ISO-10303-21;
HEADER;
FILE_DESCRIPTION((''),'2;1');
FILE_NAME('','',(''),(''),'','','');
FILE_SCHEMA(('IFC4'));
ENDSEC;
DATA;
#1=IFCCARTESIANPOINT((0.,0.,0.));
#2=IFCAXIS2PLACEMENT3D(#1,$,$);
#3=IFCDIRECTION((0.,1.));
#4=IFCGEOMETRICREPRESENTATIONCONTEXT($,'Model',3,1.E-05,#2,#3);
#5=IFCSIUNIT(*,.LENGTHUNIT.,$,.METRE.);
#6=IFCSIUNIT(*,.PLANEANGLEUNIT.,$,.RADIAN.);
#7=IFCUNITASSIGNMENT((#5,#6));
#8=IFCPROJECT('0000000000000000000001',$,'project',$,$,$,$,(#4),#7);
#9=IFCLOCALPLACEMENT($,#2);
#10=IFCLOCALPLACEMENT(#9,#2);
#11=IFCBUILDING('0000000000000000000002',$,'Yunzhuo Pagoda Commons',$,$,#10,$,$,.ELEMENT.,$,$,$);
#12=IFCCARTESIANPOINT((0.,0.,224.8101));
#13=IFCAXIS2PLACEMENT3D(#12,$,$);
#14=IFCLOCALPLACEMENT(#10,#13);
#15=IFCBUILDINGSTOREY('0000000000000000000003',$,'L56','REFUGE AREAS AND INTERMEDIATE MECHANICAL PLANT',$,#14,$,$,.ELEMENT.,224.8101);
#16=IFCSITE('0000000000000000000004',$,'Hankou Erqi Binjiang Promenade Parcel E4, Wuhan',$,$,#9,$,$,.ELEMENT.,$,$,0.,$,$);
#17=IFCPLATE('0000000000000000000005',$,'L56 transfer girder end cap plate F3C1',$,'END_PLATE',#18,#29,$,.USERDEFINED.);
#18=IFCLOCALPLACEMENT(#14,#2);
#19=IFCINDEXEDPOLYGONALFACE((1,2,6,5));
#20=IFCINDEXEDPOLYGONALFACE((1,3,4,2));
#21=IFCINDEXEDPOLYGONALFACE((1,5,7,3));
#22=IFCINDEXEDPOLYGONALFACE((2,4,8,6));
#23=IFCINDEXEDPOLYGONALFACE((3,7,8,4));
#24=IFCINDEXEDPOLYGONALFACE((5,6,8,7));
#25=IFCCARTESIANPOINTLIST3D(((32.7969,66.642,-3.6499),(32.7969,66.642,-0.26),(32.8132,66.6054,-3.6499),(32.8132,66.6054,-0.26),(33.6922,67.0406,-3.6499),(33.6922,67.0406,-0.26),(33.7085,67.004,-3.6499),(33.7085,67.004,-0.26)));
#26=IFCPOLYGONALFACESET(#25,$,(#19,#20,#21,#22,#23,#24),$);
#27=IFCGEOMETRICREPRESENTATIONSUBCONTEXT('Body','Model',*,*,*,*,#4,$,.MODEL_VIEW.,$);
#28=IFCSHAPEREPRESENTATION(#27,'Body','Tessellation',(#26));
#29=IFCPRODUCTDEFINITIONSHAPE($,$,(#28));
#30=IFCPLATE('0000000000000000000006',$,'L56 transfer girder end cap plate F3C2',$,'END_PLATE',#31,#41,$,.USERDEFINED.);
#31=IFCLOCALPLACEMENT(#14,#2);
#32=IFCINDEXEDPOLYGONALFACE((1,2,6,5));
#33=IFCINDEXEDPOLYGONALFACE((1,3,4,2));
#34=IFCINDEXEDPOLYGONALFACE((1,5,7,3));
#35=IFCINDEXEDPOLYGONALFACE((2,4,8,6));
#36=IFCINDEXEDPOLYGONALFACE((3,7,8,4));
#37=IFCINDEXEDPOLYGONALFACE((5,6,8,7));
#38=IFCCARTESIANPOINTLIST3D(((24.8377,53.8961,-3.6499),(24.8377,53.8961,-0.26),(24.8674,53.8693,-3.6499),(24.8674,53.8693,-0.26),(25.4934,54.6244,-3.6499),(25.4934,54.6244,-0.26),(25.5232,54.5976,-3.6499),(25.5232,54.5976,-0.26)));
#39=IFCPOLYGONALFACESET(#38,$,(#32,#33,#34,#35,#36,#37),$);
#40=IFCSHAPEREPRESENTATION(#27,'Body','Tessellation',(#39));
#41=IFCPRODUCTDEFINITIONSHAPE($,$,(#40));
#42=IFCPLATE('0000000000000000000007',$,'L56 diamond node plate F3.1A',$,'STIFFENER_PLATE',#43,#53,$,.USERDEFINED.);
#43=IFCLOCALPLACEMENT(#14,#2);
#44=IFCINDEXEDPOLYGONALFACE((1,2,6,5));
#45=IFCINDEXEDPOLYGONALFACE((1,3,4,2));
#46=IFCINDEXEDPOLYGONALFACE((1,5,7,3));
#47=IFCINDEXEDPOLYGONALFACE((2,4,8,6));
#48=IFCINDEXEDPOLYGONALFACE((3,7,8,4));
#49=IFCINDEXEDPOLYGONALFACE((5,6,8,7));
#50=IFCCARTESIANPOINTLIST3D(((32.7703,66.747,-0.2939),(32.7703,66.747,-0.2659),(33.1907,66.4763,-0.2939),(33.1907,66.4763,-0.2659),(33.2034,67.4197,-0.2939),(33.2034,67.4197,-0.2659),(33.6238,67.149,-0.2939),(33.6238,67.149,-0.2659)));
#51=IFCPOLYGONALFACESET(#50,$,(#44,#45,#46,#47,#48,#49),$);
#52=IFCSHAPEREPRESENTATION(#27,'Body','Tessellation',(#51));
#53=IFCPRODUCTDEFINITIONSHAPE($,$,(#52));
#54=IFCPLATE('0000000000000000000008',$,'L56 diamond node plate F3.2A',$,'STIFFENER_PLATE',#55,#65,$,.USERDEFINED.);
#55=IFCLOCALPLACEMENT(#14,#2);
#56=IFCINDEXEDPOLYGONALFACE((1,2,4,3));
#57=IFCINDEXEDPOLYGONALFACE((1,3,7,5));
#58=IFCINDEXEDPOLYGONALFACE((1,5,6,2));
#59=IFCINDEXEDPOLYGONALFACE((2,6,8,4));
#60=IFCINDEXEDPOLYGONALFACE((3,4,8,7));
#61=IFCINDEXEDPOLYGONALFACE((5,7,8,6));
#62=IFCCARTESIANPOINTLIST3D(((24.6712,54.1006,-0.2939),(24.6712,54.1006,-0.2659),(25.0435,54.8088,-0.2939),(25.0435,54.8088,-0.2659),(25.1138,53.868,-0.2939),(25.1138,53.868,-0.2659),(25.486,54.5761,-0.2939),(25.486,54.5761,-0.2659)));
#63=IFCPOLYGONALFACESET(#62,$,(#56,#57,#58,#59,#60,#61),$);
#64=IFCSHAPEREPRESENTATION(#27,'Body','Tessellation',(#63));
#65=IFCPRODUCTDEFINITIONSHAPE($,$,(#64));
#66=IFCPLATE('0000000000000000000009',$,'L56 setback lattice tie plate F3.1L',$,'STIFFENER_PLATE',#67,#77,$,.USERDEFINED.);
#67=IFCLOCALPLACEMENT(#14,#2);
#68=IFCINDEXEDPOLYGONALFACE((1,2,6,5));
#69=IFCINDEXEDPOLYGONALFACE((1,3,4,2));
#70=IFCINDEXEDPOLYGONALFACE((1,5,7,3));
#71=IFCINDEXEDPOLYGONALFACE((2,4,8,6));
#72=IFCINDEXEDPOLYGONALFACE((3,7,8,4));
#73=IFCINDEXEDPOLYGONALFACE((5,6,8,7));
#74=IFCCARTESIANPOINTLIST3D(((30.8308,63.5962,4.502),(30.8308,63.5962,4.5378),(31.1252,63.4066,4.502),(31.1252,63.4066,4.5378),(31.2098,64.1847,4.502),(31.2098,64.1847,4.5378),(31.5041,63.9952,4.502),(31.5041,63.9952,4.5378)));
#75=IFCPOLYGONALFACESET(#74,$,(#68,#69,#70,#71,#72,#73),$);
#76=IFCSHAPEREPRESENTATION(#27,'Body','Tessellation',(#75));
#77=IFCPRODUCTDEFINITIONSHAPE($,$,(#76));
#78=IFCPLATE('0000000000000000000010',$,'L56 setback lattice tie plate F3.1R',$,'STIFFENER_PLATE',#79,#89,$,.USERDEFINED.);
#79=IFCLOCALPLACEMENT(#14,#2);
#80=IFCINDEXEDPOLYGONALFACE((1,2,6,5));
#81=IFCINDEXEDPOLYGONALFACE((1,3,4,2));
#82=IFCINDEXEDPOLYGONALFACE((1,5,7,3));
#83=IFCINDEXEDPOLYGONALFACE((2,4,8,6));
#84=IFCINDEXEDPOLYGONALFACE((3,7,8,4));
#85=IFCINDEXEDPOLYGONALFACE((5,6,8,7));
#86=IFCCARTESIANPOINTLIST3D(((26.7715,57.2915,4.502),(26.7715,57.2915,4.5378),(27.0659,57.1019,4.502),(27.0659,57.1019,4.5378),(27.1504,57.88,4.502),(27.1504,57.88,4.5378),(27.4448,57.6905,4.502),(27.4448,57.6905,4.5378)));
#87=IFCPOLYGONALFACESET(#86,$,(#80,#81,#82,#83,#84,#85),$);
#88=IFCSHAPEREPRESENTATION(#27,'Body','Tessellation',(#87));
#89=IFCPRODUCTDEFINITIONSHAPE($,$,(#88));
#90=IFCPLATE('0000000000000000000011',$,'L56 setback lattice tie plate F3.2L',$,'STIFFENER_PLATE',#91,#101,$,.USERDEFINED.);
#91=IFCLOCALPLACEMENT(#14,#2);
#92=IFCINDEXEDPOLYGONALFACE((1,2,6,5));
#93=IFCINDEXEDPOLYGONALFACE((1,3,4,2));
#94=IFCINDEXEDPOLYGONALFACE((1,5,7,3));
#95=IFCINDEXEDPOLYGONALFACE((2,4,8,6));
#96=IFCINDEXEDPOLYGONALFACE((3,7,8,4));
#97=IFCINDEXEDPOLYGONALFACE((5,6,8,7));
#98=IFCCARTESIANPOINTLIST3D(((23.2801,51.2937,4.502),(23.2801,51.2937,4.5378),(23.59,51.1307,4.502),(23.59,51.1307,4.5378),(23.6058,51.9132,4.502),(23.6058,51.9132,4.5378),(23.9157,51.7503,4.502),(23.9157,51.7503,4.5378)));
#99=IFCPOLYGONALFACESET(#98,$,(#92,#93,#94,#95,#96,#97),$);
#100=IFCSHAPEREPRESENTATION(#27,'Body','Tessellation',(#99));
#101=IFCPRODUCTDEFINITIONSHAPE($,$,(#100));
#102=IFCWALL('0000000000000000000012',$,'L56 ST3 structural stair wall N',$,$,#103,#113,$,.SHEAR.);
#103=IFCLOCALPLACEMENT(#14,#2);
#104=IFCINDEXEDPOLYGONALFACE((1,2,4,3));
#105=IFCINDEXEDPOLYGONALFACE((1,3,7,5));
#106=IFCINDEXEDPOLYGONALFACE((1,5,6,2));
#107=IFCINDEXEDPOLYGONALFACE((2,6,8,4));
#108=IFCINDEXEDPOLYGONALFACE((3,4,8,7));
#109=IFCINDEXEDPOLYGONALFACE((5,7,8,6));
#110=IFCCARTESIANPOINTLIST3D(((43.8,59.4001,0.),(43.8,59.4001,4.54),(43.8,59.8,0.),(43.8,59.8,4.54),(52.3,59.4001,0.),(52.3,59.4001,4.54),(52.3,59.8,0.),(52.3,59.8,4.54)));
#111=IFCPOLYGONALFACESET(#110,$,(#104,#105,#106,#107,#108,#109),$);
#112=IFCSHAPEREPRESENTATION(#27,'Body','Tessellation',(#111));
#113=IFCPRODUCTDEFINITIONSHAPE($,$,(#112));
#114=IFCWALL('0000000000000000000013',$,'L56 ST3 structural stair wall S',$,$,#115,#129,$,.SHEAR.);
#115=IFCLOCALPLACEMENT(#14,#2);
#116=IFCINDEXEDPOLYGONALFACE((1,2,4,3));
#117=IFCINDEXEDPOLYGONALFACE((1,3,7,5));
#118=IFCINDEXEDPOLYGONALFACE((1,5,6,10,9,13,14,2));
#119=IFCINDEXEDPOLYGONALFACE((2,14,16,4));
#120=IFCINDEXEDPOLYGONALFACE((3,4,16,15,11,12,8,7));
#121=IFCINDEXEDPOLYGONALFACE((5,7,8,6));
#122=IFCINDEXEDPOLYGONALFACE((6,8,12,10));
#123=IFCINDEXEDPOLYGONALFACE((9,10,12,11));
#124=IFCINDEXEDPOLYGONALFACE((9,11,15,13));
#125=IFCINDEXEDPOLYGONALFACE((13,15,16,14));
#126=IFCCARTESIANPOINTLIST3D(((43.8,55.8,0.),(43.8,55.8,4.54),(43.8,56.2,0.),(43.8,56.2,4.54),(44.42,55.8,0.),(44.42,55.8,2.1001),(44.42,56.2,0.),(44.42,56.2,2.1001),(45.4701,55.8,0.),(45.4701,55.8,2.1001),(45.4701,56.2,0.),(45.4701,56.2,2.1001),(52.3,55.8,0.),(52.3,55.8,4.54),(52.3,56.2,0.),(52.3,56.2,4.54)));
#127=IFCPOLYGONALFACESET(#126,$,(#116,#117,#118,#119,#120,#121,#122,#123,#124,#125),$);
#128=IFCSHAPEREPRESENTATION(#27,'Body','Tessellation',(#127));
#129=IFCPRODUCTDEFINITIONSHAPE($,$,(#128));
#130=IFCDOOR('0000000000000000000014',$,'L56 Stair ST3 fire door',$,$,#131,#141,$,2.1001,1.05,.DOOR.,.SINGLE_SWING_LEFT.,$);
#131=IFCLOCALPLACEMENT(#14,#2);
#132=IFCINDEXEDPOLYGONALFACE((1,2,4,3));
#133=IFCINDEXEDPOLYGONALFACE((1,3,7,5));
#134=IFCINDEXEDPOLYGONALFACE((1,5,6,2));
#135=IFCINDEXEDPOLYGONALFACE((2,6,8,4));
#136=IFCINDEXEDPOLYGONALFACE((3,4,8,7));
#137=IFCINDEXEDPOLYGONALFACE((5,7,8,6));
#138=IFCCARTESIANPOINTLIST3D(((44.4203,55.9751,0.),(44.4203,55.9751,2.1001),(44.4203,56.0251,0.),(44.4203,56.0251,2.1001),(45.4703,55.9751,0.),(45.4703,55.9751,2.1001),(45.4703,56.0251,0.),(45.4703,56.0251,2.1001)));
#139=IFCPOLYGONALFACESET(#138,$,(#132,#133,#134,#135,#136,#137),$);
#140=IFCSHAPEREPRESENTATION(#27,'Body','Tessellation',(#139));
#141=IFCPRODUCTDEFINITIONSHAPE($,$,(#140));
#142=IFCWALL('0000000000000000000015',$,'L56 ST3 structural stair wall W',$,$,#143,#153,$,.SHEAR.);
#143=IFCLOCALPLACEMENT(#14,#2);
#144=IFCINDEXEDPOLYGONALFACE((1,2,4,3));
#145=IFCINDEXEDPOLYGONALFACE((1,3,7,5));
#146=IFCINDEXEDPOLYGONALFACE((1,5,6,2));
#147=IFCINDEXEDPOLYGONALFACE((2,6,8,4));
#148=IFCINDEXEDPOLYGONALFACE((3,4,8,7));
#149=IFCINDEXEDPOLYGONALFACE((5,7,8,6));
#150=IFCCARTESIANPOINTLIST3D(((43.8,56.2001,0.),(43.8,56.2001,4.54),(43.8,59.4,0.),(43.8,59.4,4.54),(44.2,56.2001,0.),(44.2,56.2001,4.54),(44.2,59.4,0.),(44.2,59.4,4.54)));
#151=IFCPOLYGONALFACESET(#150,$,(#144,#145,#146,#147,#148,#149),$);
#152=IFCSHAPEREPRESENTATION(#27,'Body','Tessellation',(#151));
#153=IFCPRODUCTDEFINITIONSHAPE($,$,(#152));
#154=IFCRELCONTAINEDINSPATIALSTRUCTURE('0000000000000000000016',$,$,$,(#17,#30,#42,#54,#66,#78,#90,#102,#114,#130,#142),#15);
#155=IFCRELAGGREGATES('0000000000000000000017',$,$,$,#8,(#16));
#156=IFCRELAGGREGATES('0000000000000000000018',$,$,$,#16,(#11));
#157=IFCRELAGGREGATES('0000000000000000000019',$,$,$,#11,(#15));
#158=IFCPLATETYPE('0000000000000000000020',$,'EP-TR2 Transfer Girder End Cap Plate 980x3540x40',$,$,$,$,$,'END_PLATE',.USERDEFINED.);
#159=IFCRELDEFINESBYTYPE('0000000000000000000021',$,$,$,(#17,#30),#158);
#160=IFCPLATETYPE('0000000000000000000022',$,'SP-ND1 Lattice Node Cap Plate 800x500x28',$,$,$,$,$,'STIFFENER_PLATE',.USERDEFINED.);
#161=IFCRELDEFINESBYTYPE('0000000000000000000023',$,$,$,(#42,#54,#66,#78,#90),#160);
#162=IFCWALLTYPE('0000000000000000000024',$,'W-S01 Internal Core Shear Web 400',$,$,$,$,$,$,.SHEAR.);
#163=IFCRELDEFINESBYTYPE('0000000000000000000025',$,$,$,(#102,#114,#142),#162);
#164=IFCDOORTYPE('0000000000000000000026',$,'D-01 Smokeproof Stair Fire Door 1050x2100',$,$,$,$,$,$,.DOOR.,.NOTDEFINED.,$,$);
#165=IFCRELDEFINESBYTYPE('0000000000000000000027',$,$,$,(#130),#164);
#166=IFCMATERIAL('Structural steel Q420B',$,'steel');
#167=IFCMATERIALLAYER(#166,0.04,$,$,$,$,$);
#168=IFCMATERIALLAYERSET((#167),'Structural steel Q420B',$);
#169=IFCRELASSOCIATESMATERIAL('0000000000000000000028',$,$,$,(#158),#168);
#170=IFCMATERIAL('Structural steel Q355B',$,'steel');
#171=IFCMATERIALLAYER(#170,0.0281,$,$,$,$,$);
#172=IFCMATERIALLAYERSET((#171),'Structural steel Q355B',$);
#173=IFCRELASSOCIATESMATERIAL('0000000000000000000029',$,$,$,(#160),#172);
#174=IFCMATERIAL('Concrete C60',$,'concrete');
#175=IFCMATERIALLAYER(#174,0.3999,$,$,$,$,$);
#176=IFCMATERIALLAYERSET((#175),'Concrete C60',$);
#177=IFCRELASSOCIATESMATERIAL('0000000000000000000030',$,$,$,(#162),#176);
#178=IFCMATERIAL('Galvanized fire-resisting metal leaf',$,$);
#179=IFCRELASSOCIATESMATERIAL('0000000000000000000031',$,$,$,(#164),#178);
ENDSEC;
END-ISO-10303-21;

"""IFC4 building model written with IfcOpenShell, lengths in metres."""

from ifc_helpers import new_model, si_unit, direction, frame, frame_2d, origin, origin_2d, place, context, subcontext, project, spatial, rectangle, extrude, source, transform, mapped, material, layer, layer_set, type_object, element, fill, save


model = new_model("IFC4")

# Units and contexts
model_context = context("Model", 3, precision=1e-05, world=origin(), true_north=direction((0.0, 1.0)))
body_context = subcontext(model_context, "Body", "Model", "MODEL_VIEW")
ifc_project = project(units=[si_unit("LENGTHUNIT", "METRE"), si_unit("PLANEANGLEUNIT", "RADIAN")], contexts=[model_context])

# Site, building, storey
site_placement = place(None, origin())
site = spatial("IfcSite", under=ifc_project, at=site_placement, Name="Hankou Erqi Binjiang Promenade Parcel E4, Wuhan", CompositionType="ELEMENT", RefElevation=0.0)
building_placement = place(site_placement, origin())
building = spatial("IfcBuilding", under=site, at=building_placement, Name="Yunzhuo Pagoda Commons", CompositionType="ELEMENT")
storey_placement = place(building_placement, frame((0.0, 0.0, 224.8101)))
storey = spatial("IfcBuildingStorey", under=building, at=storey_placement, Name="L56", Description="REFUGE AREAS AND INTERMEDIATE MECHANICAL PLANT", CompositionType="ELEMENT", Elevation=224.8101)

# Shared definitions
ifc_material_1 = material(Name="Structural steel Q355B", Category="steel")

# Shared definitions
ifc_material_2 = material(Name="Structural steel Q420B", Category="steel")

# Plates
ifc_layer_1 = layer(ifc_material_2, 0.04)
ifc_layer_set_1 = layer_set([ifc_layer_1], Name="Structural steel Q420B")
plate_type_1 = type_object("IfcPlateType", Name="EP-TR2 Transfer Girder End Cap Plate 980x3540x40", ElementType="END_PLATE", PredefinedType="USERDEFINED", material=ifc_layer_set_1)
shared_shape_1 = source(origin(), body_context, "Body", "SweptSolid", [
    extrude(rectangle(XDim=0.98, YDim=0.04, at=origin_2d()), origin(), (0.0, 0.0, 1.0), 3.3899),
])
for number, where, z_axis, x_axis, name in (
    (1, (33.2527, 66.823, -3.6499), (0.0, 0.0, 1.0), (-0.913545, -0.406737, 0.0), "L56 transfer girder end cap plate F3C1"),
    (2, (25.1804, 54.2468, -3.6499), (0.0, 0.0, 1.0), (-0.669131, -0.743145, 0.0), "L56 transfer girder end cap plate F3C2"),
):
    element("IfcPlate", number, at=place(storey_placement, frame(where, z_axis=z_axis, x_axis=x_axis)), inside=storey, type_object=plate_type_1, Name=name, ObjectType="END_PLATE", PredefinedType="USERDEFINED", context=body_context, shape_type="MappedRepresentation", body=[
        mapped(shared_shape_1, transform((0.0, 0.0, 0.0), scale=1.0)),
    ])
ifc_layer_2 = layer(ifc_material_1, 0.0281)
ifc_layer_set_2 = layer_set([ifc_layer_2], Name="Structural steel Q355B")
plate_type_2 = type_object("IfcPlateType", Name="SP-ND1 Lattice Node Cap Plate 800x500x28", ElementType="STIFFENER_PLATE", PredefinedType="USERDEFINED", material=ifc_layer_set_2)
shared_shape_2 = source(origin(), body_context, "Body", "SweptSolid", [
    extrude(rectangle(XDim=0.8, YDim=0.5, at=origin_2d()), origin(), (0.0, 0.0, 1.0), 0.0281),
])
for number, where, z_axis, x_axis, name in (
    (3, (33.197, 66.948, -0.2939), (0.0, 0.0, 1.0), (-0.541341, -0.840803, 0.0), "L56 diamond node plate F3.1A"),
    (4, (25.0786, 54.3384, -0.2939), (0.0, 0.0, 1.0), (-0.465336, -0.885134, 0.0), "L56 diamond node plate F3.2A"),
):
    element("IfcPlate", number, at=place(storey_placement, frame(where, z_axis=z_axis, x_axis=x_axis)), inside=storey, type_object=plate_type_2, Name=name, ObjectType="STIFFENER_PLATE", PredefinedType="USERDEFINED", context=body_context, shape_type="MappedRepresentation", body=[
        mapped(shared_shape_2, transform((0.0, 0.0, 0.0), scale=1.0)),
    ])
shared_shape_3 = source(origin(), body_context, "Body", "SweptSolid", [
    extrude(rectangle(XDim=0.7, YDim=0.3501, at=origin_2d()), origin(), (0.0, 0.0, 1.0), 0.0359),
])
for number, where, z_axis, x_axis, name in (
    (5, (31.1675, 63.7957, 4.502), (0.0, 0.0, 1.0), (-0.541341, -0.840803, 0.0), "L56 setback lattice tie plate F3.1L"),
    (6, (27.1082, 57.491, 4.502), (0.0, 0.0, 1.0), (-0.541341, -0.840803, 0.0), "L56 setback lattice tie plate F3.1R"),
    (7, (23.5979, 51.522, 4.502), (0.0, 0.0, 1.0), (-0.465336, -0.885134, 0.0), "L56 setback lattice tie plate F3.2L"),
):
    element("IfcPlate", number, at=place(storey_placement, frame(where, z_axis=z_axis, x_axis=x_axis)), inside=storey, type_object=plate_type_2, Name=name, ObjectType="STIFFENER_PLATE", PredefinedType="USERDEFINED", context=body_context, shape_type="MappedRepresentation", body=[
        mapped(shared_shape_3, transform((0.0, 0.0, 0.0), scale=1.0)),
    ])

# Wall
ifc_material_3 = material(Name="Concrete C60", Category="concrete")
ifc_layer_3 = layer(ifc_material_3, 0.3999)
ifc_layer_set_3 = layer_set([ifc_layer_3], Name="Concrete C60")
wall_type = type_object("IfcWallType", Name="W-S01 Internal Core Shear Web 400", PredefinedType="SHEAR", material=ifc_layer_set_3)
wall_1_placement = place(storey_placement, frame((43.8, 59.6001, 0.0), z_axis=(0.0, 0.0, 1.0), x_axis=(1.0, 0.0, 0.0)))
element("IfcWall", 8, at=wall_1_placement, inside=storey, type_object=wall_type, Name="L56 ST3 structural stair wall N", PredefinedType="SHEAR", context=body_context, shape_type="SweptSolid", body=[
    extrude(rectangle(XDim=8.5, YDim=0.3999, at=frame_2d((4.25, 0.0))), origin(), (0.0, 0.0, 1.0), 4.54),
])

# Wall, opening, door
wall_2_placement = place(storey_placement, frame((43.8, 56.0, 0.0), z_axis=(0.0, 0.0, 1.0), x_axis=(1.0, 0.0, 0.0)))
wall_2 = element("IfcWall", 9, at=wall_2_placement, inside=storey, type_object=wall_type, Name="L56 ST3 structural stair wall S", PredefinedType="SHEAR", context=body_context, shape_type="SweptSolid", body=[
    extrude(rectangle(XDim=8.5, YDim=0.3999, at=frame_2d((4.25, 0.0))), origin(), (0.0, 0.0, 1.0), 4.54),
])
opening_placement = place(wall_2_placement, frame((0.6201, 0.0, 0.0)))
opening = element("IfcOpeningElement", 10, at=opening_placement, cuts=wall_2, PredefinedType="OPENING", context=body_context, shape_type="SweptSolid", body=[
    extrude(rectangle(XDim=1.05, YDim=2.1001, at=frame_2d((0.5249, 1.05))), frame((0.0, 0.21, 0.0), z_axis=(0.0, -1.0, 0.0), x_axis=(1.0, 0.0, 0.0)), (0.0, 0.0, 1.0), 0.4199),
])
ifc_material_4 = material(Name="Galvanized fire-resisting metal leaf")
door_type = type_object("IfcDoorType", Name="D-01 Smokeproof Stair Fire Door 1050x2100", OperationType="NOTDEFINED", PredefinedType="DOOR", material=ifc_material_4)
shared_shape_4 = source(origin(), body_context, "Body", "SweptSolid", [
    extrude(rectangle(XDim=1.05, YDim=2.1001, at=frame_2d((0.5249, 1.05))), frame((0.0, 0.0249, 0.0), z_axis=(0.0, -1.0, 0.0), x_axis=(1.0, 0.0, 0.0)), (0.0, 0.0, 1.0), 0.05),
])
door_placement = place(opening_placement, frame((1.05, 0.0, 0.0), z_axis=(0.0, 0.0, 1.0), x_axis=(-1.0, 0.0, 0.0)))
door = element("IfcDoor", 11, at=door_placement, inside=storey, type_object=door_type, Name="L56 Stair ST3 fire door", OperationType="SINGLE_SWING_LEFT", OverallHeight=2.1001, OverallWidth=1.05, PredefinedType="DOOR", context=body_context, shape_type="MappedRepresentation", body=[
    mapped(shared_shape_4, transform((0.0, 0.0, 0.0), scale=1.0)),
])
fill(opening, door)

# Wall
wall_3_placement = place(storey_placement, frame((44.0, 56.2, 0.0), z_axis=(0.0, 0.0, 1.0), x_axis=(0.0, 1.0, 0.0)))
element("IfcWall", 12, at=wall_3_placement, inside=storey, type_object=wall_type, Name="L56 ST3 structural stair wall W", PredefinedType="SHEAR", context=body_context, shape_type="SweptSolid", body=[
    extrude(rectangle(XDim=3.2, YDim=0.3999, at=frame_2d((1.6001, 0.0))), origin(), (0.0, 0.0, 1.0), 4.54),
])

save(model, "model.ifc")
